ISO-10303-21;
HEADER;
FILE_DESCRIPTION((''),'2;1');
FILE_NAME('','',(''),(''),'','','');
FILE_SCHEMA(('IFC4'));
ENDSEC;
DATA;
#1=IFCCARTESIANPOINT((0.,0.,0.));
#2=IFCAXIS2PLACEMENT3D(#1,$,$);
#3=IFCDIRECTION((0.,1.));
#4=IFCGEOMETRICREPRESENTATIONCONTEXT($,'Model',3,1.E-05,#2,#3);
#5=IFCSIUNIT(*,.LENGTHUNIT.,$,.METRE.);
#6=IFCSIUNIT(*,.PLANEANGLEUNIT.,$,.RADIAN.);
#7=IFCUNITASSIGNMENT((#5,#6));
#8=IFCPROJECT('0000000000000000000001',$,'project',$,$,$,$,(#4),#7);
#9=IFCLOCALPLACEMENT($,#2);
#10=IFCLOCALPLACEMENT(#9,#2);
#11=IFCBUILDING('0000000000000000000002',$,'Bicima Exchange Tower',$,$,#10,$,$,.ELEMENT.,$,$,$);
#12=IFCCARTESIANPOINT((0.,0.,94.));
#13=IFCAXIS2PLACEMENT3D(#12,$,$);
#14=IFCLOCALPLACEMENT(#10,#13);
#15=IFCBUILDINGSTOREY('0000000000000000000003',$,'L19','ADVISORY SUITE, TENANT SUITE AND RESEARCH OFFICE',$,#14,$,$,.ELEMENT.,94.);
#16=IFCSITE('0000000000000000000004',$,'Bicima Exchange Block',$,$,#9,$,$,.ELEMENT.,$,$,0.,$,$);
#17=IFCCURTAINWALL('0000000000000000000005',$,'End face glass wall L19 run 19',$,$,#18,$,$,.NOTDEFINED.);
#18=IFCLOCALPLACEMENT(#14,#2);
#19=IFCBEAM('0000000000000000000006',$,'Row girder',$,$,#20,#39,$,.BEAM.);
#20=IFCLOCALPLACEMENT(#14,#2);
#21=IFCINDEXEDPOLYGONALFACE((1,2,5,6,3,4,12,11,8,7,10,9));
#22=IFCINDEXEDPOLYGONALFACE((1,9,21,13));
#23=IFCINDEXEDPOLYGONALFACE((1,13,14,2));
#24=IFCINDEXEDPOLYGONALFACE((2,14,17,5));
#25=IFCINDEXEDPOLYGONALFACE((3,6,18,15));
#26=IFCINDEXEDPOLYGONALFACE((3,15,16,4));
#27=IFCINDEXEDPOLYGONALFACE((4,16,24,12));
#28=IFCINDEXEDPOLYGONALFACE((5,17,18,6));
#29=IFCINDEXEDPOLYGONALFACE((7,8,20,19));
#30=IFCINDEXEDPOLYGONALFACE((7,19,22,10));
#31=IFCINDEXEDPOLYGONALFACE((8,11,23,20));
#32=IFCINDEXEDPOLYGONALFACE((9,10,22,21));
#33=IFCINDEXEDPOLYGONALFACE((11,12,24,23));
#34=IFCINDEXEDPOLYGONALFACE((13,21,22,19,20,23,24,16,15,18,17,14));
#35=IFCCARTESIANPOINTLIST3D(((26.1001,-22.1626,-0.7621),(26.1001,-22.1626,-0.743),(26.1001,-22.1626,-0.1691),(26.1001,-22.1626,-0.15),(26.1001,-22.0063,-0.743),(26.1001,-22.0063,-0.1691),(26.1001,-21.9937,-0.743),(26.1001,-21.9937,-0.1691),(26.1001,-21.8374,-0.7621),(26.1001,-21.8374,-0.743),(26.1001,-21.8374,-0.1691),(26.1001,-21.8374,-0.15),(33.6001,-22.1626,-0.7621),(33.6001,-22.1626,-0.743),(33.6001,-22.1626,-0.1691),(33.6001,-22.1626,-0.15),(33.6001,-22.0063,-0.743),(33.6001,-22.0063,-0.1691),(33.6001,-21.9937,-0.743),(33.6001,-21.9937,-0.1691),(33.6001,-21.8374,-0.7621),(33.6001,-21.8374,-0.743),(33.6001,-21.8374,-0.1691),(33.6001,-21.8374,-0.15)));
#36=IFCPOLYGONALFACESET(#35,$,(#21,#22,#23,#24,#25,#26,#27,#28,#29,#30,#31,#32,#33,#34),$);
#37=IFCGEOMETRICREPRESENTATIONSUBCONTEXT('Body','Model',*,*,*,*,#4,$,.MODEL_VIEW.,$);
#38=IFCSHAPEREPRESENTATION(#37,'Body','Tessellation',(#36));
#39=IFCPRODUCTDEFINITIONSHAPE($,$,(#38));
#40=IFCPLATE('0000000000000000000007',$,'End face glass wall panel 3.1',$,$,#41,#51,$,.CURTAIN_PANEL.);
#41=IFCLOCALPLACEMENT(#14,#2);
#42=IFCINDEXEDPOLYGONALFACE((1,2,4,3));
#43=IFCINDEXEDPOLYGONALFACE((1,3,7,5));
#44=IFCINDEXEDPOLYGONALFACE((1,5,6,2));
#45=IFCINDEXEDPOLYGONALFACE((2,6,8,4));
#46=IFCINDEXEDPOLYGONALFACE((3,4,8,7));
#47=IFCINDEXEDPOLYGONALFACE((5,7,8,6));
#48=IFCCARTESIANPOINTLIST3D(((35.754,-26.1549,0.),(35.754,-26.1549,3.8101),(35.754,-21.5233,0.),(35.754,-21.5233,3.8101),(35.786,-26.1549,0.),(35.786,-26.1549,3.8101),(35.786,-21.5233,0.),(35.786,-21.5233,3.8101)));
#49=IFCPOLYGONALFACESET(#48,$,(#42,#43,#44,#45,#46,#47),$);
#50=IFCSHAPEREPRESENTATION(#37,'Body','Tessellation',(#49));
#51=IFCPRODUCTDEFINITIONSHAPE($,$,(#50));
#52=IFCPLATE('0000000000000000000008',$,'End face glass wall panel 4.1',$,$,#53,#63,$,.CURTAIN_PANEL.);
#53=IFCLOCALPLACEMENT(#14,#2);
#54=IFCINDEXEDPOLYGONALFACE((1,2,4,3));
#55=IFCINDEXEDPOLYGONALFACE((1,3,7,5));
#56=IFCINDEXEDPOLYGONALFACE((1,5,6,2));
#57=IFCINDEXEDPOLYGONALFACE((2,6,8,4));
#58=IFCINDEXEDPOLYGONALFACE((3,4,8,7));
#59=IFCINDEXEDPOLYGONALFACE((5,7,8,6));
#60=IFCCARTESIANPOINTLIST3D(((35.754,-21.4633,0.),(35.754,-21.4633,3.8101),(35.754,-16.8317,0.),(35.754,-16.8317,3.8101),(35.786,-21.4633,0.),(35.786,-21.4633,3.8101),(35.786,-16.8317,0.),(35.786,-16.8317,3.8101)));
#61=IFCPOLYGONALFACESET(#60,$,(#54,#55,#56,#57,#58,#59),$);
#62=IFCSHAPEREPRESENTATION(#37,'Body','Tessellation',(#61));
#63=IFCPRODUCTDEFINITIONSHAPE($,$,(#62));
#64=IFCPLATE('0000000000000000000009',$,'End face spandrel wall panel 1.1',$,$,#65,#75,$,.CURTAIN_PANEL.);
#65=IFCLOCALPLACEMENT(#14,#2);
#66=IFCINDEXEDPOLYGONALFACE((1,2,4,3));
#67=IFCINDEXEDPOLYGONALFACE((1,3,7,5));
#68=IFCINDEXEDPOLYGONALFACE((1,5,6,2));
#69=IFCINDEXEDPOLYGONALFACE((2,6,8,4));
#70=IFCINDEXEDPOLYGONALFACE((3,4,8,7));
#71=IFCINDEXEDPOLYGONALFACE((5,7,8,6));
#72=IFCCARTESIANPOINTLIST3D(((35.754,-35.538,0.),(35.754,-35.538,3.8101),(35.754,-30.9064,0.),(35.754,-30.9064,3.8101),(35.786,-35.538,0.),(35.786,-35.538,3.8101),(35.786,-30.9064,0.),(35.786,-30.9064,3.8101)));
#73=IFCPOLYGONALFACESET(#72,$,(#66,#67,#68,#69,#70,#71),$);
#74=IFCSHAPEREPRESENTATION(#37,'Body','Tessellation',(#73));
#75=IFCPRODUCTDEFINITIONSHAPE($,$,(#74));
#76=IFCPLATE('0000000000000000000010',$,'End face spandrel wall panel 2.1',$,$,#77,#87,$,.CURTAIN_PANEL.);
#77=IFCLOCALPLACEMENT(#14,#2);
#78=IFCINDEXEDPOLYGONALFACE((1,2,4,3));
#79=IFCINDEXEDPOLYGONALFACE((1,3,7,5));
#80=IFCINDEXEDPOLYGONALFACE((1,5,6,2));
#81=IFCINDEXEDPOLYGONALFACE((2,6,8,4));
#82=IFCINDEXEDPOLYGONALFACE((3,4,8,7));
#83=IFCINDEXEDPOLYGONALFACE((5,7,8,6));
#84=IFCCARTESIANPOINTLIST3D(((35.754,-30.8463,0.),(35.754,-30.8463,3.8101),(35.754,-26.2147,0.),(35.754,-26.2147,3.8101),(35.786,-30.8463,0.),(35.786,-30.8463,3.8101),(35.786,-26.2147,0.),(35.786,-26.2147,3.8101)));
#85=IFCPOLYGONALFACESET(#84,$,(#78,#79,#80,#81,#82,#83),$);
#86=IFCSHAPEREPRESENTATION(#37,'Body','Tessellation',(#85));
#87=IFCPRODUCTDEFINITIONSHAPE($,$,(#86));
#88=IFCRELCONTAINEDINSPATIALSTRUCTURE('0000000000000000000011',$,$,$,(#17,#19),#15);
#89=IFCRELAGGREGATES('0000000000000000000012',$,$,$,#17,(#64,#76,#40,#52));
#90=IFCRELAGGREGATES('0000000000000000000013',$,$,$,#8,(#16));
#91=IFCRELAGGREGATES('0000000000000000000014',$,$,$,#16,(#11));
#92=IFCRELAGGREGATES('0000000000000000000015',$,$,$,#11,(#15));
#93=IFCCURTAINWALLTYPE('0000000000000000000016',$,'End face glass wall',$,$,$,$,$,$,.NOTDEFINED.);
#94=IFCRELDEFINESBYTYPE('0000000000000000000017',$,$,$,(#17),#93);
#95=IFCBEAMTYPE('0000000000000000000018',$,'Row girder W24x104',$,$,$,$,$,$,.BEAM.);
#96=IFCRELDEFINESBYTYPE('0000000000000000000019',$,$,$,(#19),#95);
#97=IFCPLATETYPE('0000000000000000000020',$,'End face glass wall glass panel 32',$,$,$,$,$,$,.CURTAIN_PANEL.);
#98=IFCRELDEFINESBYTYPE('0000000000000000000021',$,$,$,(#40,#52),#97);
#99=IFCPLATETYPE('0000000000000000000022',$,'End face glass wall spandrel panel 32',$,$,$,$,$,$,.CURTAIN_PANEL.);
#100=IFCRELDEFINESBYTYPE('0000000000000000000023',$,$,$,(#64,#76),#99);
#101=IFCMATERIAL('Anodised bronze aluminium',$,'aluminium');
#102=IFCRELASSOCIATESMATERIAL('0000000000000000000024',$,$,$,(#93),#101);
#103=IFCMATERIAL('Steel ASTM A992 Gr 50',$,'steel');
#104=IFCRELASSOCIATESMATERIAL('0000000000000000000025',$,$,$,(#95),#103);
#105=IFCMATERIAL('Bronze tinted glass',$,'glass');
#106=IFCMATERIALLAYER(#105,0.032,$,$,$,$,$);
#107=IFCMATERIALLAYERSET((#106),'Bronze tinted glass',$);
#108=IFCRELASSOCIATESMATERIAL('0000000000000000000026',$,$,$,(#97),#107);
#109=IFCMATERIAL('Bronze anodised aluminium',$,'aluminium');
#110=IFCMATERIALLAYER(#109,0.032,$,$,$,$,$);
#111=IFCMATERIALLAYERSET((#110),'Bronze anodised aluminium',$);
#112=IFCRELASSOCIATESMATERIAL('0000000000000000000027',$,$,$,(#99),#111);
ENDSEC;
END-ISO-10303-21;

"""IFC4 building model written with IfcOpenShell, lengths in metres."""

from ifc_helpers import new_model, si_unit, direction, frame, origin, origin_2d, place, context, subcontext, project, spatial, rectangle, i_section, extrude, material, layer, layer_set, material_profile, profile_set, type_object, element, aggregate, save


model = new_model("IFC4")

# Units and contexts
model_context = context("Model", 3, precision=1e-05, world=origin(), true_north=direction((0.0, 1.0)))
body_context = subcontext(model_context, "Body", "Model", "MODEL_VIEW")
ifc_project = project(units=[si_unit("LENGTHUNIT", "METRE"), si_unit("PLANEANGLEUNIT", "RADIAN")], contexts=[model_context])

# Site, building, storey
site_placement = place(None, origin())
site = spatial("IfcSite", under=ifc_project, at=site_placement, Name="Bicima Exchange Block", CompositionType="ELEMENT", RefElevation=0.0)
building_placement = place(site_placement, origin())
building = spatial("IfcBuilding", under=site, at=building_placement, Name="Bicima Exchange Tower", CompositionType="ELEMENT")
storey_placement = place(building_placement, frame((0.0, 0.0, 94.0)))
storey = spatial("IfcBuildingStorey", under=building, at=storey_placement, Name="L19", Description="ADVISORY SUITE, TENANT SUITE AND RESEARCH OFFICE", CompositionType="ELEMENT", Elevation=94.0)

# Shared definitions
ifc_material_1 = material(Name="Steel ASTM A992 Gr 50", Category="steel")

# Curtain wall
ifc_material_2 = material(Name="Anodised bronze aluminium", Category="aluminium")
curtain_wall_type = type_object("IfcCurtainWallType", Name="End face glass wall", PredefinedType="NOTDEFINED", material=ifc_material_2)
curtain_wall_placement = place(storey_placement, origin())
curtain_wall = element("IfcCurtainWall", 1, at=curtain_wall_placement, inside=storey, type_object=curtain_wall_type, Name="End face glass wall L19 run 19", PredefinedType="NOTDEFINED")

# Beam
ifc_material_profile_1 = material_profile(ifc_material_1, i_section(OverallWidth=0.3252, OverallDepth=0.6121, WebThickness=0.0127, FlangeThickness=0.019, at=origin_2d()))
ifc_profile_set_1 = profile_set([ifc_material_profile_1], Name="Steel ASTM A992 Gr 50")
beam_type_1 = type_object("IfcBeamType", Name="Row girder W24x104", PredefinedType="BEAM", material=ifc_profile_set_1)
beam_1_placement = place(storey_placement, frame((26.1001, -22.0, -0.4561), z_axis=(1.0, 0.0, 0.0), x_axis=(0.0, 1.0, 0.0)))
element("IfcBeam", 2, at=beam_1_placement, inside=storey, type_object=beam_type_1, Name="Row girder", PredefinedType="BEAM", context=body_context, shape_type="SweptSolid", body=[
    extrude(i_section(OverallWidth=0.3252, OverallDepth=0.6121, WebThickness=0.0127, FlangeThickness=0.019, at=origin_2d()), origin(), (0.0, 0.0, 1.0), 7.5),
])

# Plates
ifc_material_3 = material(Name="Bronze tinted glass", Category="glass")
ifc_layer_1 = layer(ifc_material_3, 0.032)
ifc_layer_set_1 = layer_set([ifc_layer_1], Name="Bronze tinted glass")
plate_type_1 = type_object("IfcPlateType", Name="End face glass wall glass panel 32", PredefinedType="CURTAIN_PANEL", material=ifc_layer_set_1)
plate_1_placement = place(storey_placement, frame((35.77, -23.8391, 0.0), z_axis=(0.0, 0.0, 1.0), x_axis=(0.0, 1.0, 0.0)))
plate_1 = element("IfcPlate", 3, at=plate_1_placement, type_object=plate_type_1, Name="End face glass wall panel 3.1", PredefinedType="CURTAIN_PANEL", context=body_context, shape_type="SweptSolid", body=[
    extrude(rectangle(XDim=4.6316, YDim=0.032, at=origin_2d()), origin(), (0.0, 0.0, 1.0), 3.8101),
])
plate_2_placement = place(storey_placement, frame((35.77, -19.1475, 0.0), z_axis=(0.0, 0.0, 1.0), x_axis=(0.0, 1.0, 0.0)))
plate_2 = element("IfcPlate", 4, at=plate_2_placement, type_object=plate_type_1, Name="End face glass wall panel 4.1", PredefinedType="CURTAIN_PANEL", context=body_context, shape_type="SweptSolid", body=[
    extrude(rectangle(XDim=4.6316, YDim=0.032, at=origin_2d()), origin(), (0.0, 0.0, 1.0), 3.8101),
])
ifc_material_4 = material(Name="Bronze anodised aluminium", Category="aluminium")
ifc_layer_2 = layer(ifc_material_4, 0.032)
ifc_layer_set_2 = layer_set([ifc_layer_2], Name="Bronze anodised aluminium")
plate_type_2 = type_object("IfcPlateType", Name="End face glass wall spandrel panel 32", PredefinedType="CURTAIN_PANEL", material=ifc_layer_set_2)
plate_3_placement = place(storey_placement, frame((35.77, -33.2222, 0.0), z_axis=(0.0, 0.0, 1.0), x_axis=(0.0, 1.0, 0.0)))
plate_3 = element("IfcPlate", 5, at=plate_3_placement, type_object=plate_type_2, Name="End face spandrel wall panel 1.1", PredefinedType="CURTAIN_PANEL", context=body_context, shape_type="SweptSolid", body=[
    extrude(rectangle(XDim=4.6316, YDim=0.032, at=origin_2d()), origin(), (0.0, 0.0, 1.0), 3.8101),
])
plate_4_placement = place(storey_placement, frame((35.77, -28.5305, 0.0), z_axis=(0.0, 0.0, 1.0), x_axis=(0.0, 1.0, 0.0)))
plate_4 = element("IfcPlate", 6, at=plate_4_placement, type_object=plate_type_2, Name="End face spandrel wall panel 2.1", PredefinedType="CURTAIN_PANEL", context=body_context, shape_type="SweptSolid", body=[
    extrude(rectangle(XDim=4.6316, YDim=0.032, at=origin_2d()), origin(), (0.0, 0.0, 1.0), 3.8101),
])
aggregate(curtain_wall, [plate_3, plate_4, plate_1, plate_2])

save(model, "model.ifc")
